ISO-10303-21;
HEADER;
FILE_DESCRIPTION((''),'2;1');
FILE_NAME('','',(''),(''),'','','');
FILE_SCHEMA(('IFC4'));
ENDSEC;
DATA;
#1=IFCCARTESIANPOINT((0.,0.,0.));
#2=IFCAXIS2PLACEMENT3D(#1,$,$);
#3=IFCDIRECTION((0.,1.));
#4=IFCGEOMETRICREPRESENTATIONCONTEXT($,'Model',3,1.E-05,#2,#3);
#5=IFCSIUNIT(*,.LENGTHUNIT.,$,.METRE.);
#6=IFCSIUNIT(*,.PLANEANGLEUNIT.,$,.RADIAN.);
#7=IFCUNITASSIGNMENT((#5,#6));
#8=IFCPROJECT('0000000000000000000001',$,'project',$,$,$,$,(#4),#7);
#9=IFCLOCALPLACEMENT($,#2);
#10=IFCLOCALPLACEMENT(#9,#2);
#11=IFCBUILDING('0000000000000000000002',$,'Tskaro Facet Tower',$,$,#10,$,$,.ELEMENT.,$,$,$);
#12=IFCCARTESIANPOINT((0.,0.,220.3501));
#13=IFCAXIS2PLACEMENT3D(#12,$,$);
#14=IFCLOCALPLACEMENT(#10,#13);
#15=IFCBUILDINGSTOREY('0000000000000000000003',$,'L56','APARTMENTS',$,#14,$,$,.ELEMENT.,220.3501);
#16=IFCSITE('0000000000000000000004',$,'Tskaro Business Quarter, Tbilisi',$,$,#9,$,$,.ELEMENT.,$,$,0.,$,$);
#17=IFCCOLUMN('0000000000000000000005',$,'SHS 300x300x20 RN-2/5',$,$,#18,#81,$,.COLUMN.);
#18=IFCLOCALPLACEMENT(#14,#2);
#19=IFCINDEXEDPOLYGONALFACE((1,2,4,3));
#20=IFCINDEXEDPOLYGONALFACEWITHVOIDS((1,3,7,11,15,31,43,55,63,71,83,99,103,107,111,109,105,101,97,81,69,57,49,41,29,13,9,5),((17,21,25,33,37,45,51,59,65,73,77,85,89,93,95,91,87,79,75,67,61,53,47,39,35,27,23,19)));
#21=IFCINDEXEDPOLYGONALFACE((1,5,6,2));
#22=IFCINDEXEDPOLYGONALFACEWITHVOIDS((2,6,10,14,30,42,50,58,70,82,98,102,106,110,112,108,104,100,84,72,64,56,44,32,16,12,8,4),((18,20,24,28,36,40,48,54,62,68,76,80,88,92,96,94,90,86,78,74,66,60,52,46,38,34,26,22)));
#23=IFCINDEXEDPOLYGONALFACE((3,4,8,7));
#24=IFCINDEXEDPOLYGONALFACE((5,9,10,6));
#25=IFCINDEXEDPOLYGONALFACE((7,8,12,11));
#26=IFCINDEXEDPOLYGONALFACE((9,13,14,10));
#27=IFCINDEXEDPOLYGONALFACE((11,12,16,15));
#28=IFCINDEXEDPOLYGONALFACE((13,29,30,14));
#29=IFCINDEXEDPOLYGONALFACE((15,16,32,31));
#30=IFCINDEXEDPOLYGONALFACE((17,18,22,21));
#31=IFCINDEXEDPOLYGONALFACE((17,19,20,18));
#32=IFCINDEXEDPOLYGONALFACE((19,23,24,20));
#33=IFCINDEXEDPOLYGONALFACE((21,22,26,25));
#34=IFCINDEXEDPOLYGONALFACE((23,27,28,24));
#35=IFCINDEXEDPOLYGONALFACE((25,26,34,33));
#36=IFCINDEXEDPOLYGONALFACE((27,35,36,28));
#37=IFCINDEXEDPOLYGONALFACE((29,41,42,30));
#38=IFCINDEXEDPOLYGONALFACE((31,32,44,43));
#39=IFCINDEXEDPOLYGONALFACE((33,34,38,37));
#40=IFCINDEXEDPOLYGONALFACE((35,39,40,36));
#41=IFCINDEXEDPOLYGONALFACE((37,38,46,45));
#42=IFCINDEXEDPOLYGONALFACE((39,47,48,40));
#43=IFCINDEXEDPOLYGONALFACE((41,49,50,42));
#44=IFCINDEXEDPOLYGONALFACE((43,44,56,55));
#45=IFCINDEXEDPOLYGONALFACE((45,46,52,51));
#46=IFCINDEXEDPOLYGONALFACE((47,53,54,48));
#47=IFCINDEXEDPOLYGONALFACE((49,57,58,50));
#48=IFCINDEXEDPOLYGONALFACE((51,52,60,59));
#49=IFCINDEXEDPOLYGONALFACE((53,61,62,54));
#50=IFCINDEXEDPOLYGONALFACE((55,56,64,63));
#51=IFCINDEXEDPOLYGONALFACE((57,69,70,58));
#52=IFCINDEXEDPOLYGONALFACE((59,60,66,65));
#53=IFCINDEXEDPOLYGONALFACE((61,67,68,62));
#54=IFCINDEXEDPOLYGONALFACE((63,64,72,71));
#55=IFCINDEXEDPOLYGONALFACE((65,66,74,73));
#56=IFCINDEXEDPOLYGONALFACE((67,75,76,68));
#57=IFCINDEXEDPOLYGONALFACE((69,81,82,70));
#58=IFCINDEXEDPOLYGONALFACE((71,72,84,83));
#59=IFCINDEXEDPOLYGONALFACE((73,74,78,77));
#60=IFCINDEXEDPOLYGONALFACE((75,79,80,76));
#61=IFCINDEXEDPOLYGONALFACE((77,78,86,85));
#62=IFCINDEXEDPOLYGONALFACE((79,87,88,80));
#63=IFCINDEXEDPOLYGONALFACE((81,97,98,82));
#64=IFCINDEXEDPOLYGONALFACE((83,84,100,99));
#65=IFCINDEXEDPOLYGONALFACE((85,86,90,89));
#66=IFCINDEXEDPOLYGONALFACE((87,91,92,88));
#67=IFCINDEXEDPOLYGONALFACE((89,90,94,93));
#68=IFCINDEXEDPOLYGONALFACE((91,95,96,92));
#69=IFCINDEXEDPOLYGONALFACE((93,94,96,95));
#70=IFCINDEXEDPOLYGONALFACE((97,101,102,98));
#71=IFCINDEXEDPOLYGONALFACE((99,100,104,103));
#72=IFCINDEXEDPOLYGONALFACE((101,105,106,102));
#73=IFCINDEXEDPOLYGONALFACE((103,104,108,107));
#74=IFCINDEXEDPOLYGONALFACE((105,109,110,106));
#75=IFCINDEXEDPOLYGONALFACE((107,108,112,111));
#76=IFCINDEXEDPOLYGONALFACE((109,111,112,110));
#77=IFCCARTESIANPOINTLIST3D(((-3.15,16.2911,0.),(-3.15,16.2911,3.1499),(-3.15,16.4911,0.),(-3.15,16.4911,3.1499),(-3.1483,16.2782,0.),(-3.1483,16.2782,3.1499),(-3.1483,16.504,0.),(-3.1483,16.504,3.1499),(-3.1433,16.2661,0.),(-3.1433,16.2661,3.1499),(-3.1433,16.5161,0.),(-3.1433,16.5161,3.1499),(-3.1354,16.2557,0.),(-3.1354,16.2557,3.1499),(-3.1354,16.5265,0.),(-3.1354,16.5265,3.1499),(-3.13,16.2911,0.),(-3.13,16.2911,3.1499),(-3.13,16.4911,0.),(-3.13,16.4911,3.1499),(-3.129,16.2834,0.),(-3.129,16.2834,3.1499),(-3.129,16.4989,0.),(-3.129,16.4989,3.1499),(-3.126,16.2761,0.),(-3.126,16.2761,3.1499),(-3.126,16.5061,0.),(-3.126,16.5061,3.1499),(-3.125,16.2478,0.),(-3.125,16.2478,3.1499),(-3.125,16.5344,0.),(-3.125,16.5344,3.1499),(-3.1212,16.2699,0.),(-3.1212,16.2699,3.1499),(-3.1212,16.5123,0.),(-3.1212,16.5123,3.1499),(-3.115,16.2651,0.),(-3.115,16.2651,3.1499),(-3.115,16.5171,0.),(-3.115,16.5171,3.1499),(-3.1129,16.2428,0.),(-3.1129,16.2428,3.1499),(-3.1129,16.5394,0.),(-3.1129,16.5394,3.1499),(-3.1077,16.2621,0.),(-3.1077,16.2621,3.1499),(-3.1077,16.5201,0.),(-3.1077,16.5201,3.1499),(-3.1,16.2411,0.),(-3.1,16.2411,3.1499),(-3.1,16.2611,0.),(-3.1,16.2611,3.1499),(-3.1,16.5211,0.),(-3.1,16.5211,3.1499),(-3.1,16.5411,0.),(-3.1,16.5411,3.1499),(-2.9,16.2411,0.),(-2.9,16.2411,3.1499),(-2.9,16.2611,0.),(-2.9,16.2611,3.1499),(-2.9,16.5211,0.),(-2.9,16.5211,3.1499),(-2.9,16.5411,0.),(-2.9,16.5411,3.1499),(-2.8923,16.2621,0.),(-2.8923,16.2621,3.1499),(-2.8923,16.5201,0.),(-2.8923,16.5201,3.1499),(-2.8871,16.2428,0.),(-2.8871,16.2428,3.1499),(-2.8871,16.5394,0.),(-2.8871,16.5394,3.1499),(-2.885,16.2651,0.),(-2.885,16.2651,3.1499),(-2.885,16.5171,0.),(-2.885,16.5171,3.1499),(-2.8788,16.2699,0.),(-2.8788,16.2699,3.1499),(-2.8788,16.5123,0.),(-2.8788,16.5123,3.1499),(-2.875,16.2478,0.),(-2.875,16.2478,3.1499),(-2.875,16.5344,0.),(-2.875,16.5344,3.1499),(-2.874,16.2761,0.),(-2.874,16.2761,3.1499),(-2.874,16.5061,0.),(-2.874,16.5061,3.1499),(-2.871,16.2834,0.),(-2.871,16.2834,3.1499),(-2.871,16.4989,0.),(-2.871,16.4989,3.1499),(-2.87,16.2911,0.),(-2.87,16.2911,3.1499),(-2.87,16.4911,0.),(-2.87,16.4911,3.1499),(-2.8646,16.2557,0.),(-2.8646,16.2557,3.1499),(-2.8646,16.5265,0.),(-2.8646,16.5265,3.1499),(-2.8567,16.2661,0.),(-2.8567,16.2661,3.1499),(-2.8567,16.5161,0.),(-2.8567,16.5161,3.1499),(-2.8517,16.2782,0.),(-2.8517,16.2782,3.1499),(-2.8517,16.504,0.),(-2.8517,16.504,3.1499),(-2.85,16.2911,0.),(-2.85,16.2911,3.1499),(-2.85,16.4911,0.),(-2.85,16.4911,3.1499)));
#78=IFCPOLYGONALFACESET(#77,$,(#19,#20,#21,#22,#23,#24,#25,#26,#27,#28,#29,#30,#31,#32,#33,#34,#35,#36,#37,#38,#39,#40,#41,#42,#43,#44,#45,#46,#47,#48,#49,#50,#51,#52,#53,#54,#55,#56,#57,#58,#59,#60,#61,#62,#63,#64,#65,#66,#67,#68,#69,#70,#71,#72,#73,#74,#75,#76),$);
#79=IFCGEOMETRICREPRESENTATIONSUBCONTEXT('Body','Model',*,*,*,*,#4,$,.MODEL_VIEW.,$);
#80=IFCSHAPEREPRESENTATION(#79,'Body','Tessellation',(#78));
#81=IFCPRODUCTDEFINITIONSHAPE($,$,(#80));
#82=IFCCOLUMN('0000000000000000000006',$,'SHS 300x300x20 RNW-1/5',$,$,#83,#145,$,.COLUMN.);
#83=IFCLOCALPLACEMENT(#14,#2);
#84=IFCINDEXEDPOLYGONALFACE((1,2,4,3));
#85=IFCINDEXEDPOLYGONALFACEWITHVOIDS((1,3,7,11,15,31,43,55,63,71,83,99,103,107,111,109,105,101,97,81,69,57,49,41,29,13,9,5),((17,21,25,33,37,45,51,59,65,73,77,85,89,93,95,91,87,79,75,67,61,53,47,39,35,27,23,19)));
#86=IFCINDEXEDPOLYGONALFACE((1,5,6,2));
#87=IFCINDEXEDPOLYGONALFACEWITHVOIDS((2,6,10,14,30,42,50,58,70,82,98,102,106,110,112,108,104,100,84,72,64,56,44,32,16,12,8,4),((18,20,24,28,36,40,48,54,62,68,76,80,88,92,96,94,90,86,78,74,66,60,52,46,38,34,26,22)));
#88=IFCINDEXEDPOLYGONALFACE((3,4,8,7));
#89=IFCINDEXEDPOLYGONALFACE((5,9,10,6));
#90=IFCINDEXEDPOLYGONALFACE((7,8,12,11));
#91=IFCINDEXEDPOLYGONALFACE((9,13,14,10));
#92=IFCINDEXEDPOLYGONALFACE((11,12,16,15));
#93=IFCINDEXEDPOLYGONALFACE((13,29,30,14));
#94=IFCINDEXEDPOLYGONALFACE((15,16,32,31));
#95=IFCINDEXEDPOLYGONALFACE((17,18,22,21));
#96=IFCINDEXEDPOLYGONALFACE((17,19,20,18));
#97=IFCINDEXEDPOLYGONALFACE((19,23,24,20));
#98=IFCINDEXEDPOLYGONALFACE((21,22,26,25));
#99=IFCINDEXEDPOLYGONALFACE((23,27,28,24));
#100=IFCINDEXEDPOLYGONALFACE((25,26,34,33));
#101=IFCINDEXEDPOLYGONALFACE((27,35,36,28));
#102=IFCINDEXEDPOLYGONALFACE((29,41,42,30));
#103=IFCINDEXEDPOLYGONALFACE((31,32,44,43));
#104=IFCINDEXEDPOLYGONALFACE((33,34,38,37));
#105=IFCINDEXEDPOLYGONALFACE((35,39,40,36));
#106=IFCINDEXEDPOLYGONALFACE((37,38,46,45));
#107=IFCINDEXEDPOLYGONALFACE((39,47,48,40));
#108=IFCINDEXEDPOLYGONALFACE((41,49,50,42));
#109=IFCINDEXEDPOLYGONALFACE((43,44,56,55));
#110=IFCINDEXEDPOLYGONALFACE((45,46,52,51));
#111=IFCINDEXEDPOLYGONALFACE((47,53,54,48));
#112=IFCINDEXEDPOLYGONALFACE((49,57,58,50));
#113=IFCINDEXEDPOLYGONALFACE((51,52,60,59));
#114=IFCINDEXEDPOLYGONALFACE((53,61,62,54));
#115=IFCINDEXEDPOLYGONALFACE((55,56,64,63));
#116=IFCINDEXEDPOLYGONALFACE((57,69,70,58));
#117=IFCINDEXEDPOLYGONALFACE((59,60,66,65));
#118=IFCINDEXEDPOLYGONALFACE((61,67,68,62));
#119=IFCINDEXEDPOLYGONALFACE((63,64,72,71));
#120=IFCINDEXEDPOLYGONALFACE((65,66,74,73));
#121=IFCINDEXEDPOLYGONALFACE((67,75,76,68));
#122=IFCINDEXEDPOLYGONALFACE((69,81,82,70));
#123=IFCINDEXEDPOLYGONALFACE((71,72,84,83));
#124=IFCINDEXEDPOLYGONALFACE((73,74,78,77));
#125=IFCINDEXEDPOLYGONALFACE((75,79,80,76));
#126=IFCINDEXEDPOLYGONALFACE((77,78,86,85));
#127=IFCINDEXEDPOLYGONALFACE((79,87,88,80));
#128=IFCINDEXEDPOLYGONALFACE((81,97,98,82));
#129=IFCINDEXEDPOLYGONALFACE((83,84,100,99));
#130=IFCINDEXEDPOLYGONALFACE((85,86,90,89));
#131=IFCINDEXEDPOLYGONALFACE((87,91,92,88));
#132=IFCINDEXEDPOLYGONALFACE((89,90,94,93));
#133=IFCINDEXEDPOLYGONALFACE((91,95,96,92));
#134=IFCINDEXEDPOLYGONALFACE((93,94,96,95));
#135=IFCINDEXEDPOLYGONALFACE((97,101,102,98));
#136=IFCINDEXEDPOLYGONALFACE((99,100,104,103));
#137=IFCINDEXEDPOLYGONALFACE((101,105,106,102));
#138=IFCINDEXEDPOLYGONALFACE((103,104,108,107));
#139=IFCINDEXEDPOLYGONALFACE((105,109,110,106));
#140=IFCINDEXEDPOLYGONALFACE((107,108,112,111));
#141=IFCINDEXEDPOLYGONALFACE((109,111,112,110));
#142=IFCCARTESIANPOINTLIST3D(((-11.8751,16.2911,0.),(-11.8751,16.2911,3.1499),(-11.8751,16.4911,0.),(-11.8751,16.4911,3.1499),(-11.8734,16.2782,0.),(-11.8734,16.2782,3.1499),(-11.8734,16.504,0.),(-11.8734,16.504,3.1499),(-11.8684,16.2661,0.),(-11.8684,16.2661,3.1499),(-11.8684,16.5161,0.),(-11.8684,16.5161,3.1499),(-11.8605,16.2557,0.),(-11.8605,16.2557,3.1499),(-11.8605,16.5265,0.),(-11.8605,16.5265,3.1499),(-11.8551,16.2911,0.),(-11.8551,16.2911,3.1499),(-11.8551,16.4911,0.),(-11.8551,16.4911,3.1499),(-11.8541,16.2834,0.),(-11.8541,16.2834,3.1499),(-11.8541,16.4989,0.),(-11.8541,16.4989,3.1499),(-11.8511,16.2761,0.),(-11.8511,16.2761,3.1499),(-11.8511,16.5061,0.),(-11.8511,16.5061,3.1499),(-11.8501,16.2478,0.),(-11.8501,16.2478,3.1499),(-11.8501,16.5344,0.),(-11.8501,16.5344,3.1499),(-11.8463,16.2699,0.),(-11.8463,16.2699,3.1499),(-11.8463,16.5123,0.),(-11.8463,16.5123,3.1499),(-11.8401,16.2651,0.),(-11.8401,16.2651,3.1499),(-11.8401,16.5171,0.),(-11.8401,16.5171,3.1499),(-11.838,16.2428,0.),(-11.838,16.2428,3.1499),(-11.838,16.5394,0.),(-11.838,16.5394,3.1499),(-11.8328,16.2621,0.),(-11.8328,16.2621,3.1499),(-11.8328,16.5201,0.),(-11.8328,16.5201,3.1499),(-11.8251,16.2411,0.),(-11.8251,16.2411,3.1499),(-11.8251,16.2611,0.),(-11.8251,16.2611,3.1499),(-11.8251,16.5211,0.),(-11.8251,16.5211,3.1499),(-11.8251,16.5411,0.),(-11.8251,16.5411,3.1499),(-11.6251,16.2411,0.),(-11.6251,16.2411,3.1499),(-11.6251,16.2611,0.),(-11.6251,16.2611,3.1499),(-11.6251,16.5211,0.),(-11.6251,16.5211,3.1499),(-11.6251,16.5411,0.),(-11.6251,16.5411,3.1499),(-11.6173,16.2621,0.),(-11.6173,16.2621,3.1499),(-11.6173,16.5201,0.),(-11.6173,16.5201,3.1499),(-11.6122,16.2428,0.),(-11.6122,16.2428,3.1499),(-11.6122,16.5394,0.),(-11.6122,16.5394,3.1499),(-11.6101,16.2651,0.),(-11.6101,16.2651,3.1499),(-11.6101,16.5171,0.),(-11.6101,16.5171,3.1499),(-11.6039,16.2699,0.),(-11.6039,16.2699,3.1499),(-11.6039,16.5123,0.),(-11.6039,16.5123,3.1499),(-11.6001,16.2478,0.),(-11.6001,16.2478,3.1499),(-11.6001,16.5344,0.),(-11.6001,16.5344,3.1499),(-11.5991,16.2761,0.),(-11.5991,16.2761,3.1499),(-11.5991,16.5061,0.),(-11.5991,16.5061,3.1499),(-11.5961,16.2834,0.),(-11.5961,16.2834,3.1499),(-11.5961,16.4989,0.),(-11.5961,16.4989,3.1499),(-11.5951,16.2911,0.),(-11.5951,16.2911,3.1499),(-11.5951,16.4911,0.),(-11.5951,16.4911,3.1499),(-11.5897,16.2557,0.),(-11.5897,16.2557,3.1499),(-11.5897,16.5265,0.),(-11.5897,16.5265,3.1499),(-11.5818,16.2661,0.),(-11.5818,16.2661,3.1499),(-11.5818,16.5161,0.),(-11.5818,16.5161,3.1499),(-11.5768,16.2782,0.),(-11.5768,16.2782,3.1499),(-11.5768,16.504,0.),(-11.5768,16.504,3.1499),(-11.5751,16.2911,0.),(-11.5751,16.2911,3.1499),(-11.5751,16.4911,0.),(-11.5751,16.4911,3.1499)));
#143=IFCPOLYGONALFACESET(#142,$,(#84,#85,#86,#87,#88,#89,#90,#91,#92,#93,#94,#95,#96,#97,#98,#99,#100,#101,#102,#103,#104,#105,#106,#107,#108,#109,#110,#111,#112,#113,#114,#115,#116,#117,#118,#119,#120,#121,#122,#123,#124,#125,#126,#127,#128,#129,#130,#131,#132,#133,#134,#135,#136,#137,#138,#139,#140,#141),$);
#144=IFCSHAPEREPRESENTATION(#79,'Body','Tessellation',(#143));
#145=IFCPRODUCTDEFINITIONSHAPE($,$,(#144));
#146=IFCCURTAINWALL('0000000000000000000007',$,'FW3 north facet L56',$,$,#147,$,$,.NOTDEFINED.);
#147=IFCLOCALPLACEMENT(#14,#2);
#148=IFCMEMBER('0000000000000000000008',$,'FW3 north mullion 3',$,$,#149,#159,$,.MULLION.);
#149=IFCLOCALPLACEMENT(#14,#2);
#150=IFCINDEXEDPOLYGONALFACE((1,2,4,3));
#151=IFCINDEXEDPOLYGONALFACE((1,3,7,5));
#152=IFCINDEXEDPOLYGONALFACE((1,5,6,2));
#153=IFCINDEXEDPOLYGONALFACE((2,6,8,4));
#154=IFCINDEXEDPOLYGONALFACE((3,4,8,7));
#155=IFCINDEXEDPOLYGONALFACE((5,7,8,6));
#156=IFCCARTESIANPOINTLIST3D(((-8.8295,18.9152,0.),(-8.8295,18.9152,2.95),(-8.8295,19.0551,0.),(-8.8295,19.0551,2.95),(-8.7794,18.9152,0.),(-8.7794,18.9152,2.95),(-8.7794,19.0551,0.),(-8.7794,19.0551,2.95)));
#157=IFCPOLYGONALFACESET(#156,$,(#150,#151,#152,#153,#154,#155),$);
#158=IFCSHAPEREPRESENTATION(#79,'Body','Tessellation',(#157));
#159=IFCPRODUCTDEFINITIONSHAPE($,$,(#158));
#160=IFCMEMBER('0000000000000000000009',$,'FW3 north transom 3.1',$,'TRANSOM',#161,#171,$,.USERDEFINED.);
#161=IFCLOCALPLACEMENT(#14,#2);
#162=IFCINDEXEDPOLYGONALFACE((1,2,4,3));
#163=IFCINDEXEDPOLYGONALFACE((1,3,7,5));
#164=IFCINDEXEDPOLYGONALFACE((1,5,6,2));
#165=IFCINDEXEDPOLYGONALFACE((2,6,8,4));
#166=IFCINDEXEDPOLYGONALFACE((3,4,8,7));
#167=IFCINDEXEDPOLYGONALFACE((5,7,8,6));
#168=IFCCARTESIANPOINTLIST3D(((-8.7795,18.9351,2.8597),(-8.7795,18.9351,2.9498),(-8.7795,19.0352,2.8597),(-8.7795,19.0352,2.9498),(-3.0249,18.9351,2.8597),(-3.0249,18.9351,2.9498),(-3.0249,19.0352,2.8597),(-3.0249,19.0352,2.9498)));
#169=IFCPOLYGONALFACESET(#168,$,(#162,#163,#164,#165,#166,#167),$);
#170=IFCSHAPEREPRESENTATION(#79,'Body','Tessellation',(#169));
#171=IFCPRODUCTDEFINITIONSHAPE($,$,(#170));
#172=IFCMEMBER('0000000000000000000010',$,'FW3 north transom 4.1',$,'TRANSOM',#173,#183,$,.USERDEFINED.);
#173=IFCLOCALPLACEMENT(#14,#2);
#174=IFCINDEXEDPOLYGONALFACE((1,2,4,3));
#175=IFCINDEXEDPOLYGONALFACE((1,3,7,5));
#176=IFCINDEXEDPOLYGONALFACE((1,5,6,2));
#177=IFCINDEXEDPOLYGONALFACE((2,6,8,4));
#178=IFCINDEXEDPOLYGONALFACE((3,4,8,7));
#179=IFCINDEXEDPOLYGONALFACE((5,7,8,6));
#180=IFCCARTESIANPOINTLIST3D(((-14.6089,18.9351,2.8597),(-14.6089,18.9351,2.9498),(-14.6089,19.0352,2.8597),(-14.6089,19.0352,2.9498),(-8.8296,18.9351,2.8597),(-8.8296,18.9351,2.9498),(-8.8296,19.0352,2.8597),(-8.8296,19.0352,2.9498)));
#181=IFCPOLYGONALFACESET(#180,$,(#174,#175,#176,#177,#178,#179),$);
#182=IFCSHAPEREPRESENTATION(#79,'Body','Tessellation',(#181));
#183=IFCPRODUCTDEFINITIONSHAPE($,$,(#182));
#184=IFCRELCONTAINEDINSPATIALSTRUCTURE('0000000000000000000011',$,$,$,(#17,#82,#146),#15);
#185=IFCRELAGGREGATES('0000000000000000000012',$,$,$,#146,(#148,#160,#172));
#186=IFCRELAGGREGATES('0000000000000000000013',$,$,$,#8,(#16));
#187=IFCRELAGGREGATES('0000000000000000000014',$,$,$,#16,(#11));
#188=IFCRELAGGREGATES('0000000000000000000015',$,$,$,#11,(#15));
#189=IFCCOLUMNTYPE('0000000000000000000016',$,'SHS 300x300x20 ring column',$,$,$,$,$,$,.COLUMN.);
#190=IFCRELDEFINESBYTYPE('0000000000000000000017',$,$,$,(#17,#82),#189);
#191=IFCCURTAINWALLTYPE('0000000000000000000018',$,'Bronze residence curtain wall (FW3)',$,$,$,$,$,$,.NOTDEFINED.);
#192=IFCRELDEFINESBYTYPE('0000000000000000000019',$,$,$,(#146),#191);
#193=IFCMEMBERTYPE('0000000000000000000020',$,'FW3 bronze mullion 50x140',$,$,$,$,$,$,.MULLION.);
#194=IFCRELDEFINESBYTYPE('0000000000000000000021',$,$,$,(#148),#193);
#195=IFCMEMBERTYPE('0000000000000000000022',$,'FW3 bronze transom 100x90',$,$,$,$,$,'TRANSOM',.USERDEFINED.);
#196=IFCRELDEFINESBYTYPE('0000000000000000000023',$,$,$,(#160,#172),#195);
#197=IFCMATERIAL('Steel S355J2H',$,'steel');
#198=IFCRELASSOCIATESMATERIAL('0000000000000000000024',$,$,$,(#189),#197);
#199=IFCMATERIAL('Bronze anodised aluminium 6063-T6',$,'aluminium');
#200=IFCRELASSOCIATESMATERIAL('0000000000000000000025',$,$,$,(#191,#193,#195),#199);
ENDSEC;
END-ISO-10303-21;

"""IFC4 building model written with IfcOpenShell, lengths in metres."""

from ifc_helpers import new_model, si_unit, direction, frame, origin, origin_2d, place, context, subcontext, project, spatial, rectangle, hollow_rectangle, extrude, material, material_profile, profile_set, type_object, element, aggregate, save


model = new_model("IFC4")

# Units and contexts
model_context = context("Model", 3, precision=1e-05, world=origin(), true_north=direction((0.0, 1.0)))
body_context = subcontext(model_context, "Body", "Model", "MODEL_VIEW")
ifc_project = project(units=[si_unit("LENGTHUNIT", "METRE"), si_unit("PLANEANGLEUNIT", "RADIAN")], contexts=[model_context])

# Site, building, storey
site_placement = place(None, origin())
site = spatial("IfcSite", under=ifc_project, at=site_placement, Name="Tskaro Business Quarter, Tbilisi", CompositionType="ELEMENT", RefElevation=0.0)
building_placement = place(site_placement, origin())
building = spatial("IfcBuilding", under=site, at=building_placement, Name="Tskaro Facet Tower", CompositionType="ELEMENT")
storey_placement = place(building_placement, frame((0.0, 0.0, 220.3501)))
storey = spatial("IfcBuildingStorey", under=building, at=storey_placement, Name="L56", Description="APARTMENTS", CompositionType="ELEMENT", Elevation=220.3501)

# Columns
ifc_material_1 = material(Name="Steel S355J2H", Category="steel")
ifc_material_profile_1 = material_profile(ifc_material_1, hollow_rectangle(XDim=0.3, YDim=0.3, WallThickness=0.02, InnerFilletRadius=0.03, OuterFilletRadius=0.05, at=origin_2d()), Name="SHS 300x300x20")
ifc_profile_set_1 = profile_set([ifc_material_profile_1], Name="Steel S355J2H")
column_type = type_object("IfcColumnType", Name="SHS 300x300x20 ring column", PredefinedType="COLUMN", material=ifc_profile_set_1)
for number, where, z_axis, x_axis, name in (
    (1, (-3.0, 16.3911, 0.0), (0.0, 0.0, 1.0), (1.0, 0.0, 0.0), "SHS 300x300x20 RN-2/5"),
    (2, (-11.7251, 16.3911, 0.0), (0.0, 0.0, 1.0), (1.0, 0.0, 0.0), "SHS 300x300x20 RNW-1/5"),
):
    element("IfcColumn", number, at=place(storey_placement, frame(where, z_axis=z_axis, x_axis=x_axis)), inside=storey, type_object=column_type, Name=name, PredefinedType="COLUMN", context=body_context, shape_type="SweptSolid", body=[
        extrude(hollow_rectangle(XDim=0.3, YDim=0.3, WallThickness=0.02, InnerFilletRadius=0.03, OuterFilletRadius=0.05, at=origin_2d()), origin(), (0.0, 0.0, 1.0), 3.1499),
    ])

# Curtain wall, members
ifc_material_2 = material(Name="Bronze anodised aluminium 6063-T6", Category="aluminium")
curtain_wall_type = type_object("IfcCurtainWallType", Name="Bronze residence curtain wall (FW3)", PredefinedType="NOTDEFINED", material=ifc_material_2)
curtain_wall_placement = place(storey_placement, origin())
curtain_wall = element("IfcCurtainWall", 3, at=curtain_wall_placement, inside=storey, type_object=curtain_wall_type, Name="FW3 north facet L56", PredefinedType="NOTDEFINED")
ifc_material_profile_2 = material_profile(ifc_material_2, rectangle(XDim=0.05, YDim=0.1399, at=origin_2d()), Name="Mullion 50x140")
ifc_profile_set_2 = profile_set([ifc_material_profile_2], Name="Bronze anodised aluminium 6063-T6")
member_type_1 = type_object("IfcMemberType", Name="FW3 bronze mullion 50x140", PredefinedType="MULLION", material=ifc_profile_set_2)
member_1_placement = place(storey_placement, frame((-8.8044, 18.9851, 0.0), z_axis=(0.0, 0.0, 1.0), x_axis=(-1.0, 0.0, 0.0)))
member_1 = element("IfcMember", 4, at=member_1_placement, type_object=member_type_1, Name="FW3 north mullion 3", PredefinedType="MULLION", context=body_context, shape_type="SweptSolid", body=[
    extrude(rectangle(XDim=0.05, YDim=0.1399, at=origin_2d()), origin(), (0.0, 0.0, 1.0), 2.95),
])
ifc_material_profile_3 = material_profile(ifc_material_2, rectangle(XDim=0.1001, YDim=0.0901, at=origin_2d()), Name="Transom 100x90")
ifc_profile_set_3 = profile_set([ifc_material_profile_3], Name="Bronze anodised aluminium 6063-T6")
member_type_2 = type_object("IfcMemberType", Name="FW3 bronze transom 100x90", ElementType="TRANSOM", PredefinedType="USERDEFINED", material=ifc_profile_set_3)
member_2_placement = place(storey_placement, frame((-3.0249, 18.9851, 2.9048), z_axis=(-1.0, 0.0, 0.0), x_axis=(0.0, -1.0, 0.0)))
member_2 = element("IfcMember", 5, at=member_2_placement, type_object=member_type_2, Name="FW3 north transom 3.1", ObjectType="TRANSOM", PredefinedType="USERDEFINED", context=body_context, shape_type="SweptSolid", body=[
    extrude(rectangle(XDim=0.1001, YDim=0.0901, at=origin_2d()), origin(), (0.0, 0.0, 1.0), 5.7546),
])
member_3_placement = place(storey_placement, frame((-8.8296, 18.9851, 2.9048), z_axis=(-1.0, 0.0, 0.0), x_axis=(0.0, -1.0, 0.0)))
member_3 = element("IfcMember", 6, at=member_3_placement, type_object=member_type_2, Name="FW3 north transom 4.1", ObjectType="TRANSOM", PredefinedType="USERDEFINED", context=body_context, shape_type="SweptSolid", body=[
    extrude(rectangle(XDim=0.1001, YDim=0.0901, at=origin_2d()), origin(), (0.0, 0.0, 1.0), 5.7793),
])

aggregate(curtain_wall, [member_1, member_2, member_3])

save(model, "model.ifc")
